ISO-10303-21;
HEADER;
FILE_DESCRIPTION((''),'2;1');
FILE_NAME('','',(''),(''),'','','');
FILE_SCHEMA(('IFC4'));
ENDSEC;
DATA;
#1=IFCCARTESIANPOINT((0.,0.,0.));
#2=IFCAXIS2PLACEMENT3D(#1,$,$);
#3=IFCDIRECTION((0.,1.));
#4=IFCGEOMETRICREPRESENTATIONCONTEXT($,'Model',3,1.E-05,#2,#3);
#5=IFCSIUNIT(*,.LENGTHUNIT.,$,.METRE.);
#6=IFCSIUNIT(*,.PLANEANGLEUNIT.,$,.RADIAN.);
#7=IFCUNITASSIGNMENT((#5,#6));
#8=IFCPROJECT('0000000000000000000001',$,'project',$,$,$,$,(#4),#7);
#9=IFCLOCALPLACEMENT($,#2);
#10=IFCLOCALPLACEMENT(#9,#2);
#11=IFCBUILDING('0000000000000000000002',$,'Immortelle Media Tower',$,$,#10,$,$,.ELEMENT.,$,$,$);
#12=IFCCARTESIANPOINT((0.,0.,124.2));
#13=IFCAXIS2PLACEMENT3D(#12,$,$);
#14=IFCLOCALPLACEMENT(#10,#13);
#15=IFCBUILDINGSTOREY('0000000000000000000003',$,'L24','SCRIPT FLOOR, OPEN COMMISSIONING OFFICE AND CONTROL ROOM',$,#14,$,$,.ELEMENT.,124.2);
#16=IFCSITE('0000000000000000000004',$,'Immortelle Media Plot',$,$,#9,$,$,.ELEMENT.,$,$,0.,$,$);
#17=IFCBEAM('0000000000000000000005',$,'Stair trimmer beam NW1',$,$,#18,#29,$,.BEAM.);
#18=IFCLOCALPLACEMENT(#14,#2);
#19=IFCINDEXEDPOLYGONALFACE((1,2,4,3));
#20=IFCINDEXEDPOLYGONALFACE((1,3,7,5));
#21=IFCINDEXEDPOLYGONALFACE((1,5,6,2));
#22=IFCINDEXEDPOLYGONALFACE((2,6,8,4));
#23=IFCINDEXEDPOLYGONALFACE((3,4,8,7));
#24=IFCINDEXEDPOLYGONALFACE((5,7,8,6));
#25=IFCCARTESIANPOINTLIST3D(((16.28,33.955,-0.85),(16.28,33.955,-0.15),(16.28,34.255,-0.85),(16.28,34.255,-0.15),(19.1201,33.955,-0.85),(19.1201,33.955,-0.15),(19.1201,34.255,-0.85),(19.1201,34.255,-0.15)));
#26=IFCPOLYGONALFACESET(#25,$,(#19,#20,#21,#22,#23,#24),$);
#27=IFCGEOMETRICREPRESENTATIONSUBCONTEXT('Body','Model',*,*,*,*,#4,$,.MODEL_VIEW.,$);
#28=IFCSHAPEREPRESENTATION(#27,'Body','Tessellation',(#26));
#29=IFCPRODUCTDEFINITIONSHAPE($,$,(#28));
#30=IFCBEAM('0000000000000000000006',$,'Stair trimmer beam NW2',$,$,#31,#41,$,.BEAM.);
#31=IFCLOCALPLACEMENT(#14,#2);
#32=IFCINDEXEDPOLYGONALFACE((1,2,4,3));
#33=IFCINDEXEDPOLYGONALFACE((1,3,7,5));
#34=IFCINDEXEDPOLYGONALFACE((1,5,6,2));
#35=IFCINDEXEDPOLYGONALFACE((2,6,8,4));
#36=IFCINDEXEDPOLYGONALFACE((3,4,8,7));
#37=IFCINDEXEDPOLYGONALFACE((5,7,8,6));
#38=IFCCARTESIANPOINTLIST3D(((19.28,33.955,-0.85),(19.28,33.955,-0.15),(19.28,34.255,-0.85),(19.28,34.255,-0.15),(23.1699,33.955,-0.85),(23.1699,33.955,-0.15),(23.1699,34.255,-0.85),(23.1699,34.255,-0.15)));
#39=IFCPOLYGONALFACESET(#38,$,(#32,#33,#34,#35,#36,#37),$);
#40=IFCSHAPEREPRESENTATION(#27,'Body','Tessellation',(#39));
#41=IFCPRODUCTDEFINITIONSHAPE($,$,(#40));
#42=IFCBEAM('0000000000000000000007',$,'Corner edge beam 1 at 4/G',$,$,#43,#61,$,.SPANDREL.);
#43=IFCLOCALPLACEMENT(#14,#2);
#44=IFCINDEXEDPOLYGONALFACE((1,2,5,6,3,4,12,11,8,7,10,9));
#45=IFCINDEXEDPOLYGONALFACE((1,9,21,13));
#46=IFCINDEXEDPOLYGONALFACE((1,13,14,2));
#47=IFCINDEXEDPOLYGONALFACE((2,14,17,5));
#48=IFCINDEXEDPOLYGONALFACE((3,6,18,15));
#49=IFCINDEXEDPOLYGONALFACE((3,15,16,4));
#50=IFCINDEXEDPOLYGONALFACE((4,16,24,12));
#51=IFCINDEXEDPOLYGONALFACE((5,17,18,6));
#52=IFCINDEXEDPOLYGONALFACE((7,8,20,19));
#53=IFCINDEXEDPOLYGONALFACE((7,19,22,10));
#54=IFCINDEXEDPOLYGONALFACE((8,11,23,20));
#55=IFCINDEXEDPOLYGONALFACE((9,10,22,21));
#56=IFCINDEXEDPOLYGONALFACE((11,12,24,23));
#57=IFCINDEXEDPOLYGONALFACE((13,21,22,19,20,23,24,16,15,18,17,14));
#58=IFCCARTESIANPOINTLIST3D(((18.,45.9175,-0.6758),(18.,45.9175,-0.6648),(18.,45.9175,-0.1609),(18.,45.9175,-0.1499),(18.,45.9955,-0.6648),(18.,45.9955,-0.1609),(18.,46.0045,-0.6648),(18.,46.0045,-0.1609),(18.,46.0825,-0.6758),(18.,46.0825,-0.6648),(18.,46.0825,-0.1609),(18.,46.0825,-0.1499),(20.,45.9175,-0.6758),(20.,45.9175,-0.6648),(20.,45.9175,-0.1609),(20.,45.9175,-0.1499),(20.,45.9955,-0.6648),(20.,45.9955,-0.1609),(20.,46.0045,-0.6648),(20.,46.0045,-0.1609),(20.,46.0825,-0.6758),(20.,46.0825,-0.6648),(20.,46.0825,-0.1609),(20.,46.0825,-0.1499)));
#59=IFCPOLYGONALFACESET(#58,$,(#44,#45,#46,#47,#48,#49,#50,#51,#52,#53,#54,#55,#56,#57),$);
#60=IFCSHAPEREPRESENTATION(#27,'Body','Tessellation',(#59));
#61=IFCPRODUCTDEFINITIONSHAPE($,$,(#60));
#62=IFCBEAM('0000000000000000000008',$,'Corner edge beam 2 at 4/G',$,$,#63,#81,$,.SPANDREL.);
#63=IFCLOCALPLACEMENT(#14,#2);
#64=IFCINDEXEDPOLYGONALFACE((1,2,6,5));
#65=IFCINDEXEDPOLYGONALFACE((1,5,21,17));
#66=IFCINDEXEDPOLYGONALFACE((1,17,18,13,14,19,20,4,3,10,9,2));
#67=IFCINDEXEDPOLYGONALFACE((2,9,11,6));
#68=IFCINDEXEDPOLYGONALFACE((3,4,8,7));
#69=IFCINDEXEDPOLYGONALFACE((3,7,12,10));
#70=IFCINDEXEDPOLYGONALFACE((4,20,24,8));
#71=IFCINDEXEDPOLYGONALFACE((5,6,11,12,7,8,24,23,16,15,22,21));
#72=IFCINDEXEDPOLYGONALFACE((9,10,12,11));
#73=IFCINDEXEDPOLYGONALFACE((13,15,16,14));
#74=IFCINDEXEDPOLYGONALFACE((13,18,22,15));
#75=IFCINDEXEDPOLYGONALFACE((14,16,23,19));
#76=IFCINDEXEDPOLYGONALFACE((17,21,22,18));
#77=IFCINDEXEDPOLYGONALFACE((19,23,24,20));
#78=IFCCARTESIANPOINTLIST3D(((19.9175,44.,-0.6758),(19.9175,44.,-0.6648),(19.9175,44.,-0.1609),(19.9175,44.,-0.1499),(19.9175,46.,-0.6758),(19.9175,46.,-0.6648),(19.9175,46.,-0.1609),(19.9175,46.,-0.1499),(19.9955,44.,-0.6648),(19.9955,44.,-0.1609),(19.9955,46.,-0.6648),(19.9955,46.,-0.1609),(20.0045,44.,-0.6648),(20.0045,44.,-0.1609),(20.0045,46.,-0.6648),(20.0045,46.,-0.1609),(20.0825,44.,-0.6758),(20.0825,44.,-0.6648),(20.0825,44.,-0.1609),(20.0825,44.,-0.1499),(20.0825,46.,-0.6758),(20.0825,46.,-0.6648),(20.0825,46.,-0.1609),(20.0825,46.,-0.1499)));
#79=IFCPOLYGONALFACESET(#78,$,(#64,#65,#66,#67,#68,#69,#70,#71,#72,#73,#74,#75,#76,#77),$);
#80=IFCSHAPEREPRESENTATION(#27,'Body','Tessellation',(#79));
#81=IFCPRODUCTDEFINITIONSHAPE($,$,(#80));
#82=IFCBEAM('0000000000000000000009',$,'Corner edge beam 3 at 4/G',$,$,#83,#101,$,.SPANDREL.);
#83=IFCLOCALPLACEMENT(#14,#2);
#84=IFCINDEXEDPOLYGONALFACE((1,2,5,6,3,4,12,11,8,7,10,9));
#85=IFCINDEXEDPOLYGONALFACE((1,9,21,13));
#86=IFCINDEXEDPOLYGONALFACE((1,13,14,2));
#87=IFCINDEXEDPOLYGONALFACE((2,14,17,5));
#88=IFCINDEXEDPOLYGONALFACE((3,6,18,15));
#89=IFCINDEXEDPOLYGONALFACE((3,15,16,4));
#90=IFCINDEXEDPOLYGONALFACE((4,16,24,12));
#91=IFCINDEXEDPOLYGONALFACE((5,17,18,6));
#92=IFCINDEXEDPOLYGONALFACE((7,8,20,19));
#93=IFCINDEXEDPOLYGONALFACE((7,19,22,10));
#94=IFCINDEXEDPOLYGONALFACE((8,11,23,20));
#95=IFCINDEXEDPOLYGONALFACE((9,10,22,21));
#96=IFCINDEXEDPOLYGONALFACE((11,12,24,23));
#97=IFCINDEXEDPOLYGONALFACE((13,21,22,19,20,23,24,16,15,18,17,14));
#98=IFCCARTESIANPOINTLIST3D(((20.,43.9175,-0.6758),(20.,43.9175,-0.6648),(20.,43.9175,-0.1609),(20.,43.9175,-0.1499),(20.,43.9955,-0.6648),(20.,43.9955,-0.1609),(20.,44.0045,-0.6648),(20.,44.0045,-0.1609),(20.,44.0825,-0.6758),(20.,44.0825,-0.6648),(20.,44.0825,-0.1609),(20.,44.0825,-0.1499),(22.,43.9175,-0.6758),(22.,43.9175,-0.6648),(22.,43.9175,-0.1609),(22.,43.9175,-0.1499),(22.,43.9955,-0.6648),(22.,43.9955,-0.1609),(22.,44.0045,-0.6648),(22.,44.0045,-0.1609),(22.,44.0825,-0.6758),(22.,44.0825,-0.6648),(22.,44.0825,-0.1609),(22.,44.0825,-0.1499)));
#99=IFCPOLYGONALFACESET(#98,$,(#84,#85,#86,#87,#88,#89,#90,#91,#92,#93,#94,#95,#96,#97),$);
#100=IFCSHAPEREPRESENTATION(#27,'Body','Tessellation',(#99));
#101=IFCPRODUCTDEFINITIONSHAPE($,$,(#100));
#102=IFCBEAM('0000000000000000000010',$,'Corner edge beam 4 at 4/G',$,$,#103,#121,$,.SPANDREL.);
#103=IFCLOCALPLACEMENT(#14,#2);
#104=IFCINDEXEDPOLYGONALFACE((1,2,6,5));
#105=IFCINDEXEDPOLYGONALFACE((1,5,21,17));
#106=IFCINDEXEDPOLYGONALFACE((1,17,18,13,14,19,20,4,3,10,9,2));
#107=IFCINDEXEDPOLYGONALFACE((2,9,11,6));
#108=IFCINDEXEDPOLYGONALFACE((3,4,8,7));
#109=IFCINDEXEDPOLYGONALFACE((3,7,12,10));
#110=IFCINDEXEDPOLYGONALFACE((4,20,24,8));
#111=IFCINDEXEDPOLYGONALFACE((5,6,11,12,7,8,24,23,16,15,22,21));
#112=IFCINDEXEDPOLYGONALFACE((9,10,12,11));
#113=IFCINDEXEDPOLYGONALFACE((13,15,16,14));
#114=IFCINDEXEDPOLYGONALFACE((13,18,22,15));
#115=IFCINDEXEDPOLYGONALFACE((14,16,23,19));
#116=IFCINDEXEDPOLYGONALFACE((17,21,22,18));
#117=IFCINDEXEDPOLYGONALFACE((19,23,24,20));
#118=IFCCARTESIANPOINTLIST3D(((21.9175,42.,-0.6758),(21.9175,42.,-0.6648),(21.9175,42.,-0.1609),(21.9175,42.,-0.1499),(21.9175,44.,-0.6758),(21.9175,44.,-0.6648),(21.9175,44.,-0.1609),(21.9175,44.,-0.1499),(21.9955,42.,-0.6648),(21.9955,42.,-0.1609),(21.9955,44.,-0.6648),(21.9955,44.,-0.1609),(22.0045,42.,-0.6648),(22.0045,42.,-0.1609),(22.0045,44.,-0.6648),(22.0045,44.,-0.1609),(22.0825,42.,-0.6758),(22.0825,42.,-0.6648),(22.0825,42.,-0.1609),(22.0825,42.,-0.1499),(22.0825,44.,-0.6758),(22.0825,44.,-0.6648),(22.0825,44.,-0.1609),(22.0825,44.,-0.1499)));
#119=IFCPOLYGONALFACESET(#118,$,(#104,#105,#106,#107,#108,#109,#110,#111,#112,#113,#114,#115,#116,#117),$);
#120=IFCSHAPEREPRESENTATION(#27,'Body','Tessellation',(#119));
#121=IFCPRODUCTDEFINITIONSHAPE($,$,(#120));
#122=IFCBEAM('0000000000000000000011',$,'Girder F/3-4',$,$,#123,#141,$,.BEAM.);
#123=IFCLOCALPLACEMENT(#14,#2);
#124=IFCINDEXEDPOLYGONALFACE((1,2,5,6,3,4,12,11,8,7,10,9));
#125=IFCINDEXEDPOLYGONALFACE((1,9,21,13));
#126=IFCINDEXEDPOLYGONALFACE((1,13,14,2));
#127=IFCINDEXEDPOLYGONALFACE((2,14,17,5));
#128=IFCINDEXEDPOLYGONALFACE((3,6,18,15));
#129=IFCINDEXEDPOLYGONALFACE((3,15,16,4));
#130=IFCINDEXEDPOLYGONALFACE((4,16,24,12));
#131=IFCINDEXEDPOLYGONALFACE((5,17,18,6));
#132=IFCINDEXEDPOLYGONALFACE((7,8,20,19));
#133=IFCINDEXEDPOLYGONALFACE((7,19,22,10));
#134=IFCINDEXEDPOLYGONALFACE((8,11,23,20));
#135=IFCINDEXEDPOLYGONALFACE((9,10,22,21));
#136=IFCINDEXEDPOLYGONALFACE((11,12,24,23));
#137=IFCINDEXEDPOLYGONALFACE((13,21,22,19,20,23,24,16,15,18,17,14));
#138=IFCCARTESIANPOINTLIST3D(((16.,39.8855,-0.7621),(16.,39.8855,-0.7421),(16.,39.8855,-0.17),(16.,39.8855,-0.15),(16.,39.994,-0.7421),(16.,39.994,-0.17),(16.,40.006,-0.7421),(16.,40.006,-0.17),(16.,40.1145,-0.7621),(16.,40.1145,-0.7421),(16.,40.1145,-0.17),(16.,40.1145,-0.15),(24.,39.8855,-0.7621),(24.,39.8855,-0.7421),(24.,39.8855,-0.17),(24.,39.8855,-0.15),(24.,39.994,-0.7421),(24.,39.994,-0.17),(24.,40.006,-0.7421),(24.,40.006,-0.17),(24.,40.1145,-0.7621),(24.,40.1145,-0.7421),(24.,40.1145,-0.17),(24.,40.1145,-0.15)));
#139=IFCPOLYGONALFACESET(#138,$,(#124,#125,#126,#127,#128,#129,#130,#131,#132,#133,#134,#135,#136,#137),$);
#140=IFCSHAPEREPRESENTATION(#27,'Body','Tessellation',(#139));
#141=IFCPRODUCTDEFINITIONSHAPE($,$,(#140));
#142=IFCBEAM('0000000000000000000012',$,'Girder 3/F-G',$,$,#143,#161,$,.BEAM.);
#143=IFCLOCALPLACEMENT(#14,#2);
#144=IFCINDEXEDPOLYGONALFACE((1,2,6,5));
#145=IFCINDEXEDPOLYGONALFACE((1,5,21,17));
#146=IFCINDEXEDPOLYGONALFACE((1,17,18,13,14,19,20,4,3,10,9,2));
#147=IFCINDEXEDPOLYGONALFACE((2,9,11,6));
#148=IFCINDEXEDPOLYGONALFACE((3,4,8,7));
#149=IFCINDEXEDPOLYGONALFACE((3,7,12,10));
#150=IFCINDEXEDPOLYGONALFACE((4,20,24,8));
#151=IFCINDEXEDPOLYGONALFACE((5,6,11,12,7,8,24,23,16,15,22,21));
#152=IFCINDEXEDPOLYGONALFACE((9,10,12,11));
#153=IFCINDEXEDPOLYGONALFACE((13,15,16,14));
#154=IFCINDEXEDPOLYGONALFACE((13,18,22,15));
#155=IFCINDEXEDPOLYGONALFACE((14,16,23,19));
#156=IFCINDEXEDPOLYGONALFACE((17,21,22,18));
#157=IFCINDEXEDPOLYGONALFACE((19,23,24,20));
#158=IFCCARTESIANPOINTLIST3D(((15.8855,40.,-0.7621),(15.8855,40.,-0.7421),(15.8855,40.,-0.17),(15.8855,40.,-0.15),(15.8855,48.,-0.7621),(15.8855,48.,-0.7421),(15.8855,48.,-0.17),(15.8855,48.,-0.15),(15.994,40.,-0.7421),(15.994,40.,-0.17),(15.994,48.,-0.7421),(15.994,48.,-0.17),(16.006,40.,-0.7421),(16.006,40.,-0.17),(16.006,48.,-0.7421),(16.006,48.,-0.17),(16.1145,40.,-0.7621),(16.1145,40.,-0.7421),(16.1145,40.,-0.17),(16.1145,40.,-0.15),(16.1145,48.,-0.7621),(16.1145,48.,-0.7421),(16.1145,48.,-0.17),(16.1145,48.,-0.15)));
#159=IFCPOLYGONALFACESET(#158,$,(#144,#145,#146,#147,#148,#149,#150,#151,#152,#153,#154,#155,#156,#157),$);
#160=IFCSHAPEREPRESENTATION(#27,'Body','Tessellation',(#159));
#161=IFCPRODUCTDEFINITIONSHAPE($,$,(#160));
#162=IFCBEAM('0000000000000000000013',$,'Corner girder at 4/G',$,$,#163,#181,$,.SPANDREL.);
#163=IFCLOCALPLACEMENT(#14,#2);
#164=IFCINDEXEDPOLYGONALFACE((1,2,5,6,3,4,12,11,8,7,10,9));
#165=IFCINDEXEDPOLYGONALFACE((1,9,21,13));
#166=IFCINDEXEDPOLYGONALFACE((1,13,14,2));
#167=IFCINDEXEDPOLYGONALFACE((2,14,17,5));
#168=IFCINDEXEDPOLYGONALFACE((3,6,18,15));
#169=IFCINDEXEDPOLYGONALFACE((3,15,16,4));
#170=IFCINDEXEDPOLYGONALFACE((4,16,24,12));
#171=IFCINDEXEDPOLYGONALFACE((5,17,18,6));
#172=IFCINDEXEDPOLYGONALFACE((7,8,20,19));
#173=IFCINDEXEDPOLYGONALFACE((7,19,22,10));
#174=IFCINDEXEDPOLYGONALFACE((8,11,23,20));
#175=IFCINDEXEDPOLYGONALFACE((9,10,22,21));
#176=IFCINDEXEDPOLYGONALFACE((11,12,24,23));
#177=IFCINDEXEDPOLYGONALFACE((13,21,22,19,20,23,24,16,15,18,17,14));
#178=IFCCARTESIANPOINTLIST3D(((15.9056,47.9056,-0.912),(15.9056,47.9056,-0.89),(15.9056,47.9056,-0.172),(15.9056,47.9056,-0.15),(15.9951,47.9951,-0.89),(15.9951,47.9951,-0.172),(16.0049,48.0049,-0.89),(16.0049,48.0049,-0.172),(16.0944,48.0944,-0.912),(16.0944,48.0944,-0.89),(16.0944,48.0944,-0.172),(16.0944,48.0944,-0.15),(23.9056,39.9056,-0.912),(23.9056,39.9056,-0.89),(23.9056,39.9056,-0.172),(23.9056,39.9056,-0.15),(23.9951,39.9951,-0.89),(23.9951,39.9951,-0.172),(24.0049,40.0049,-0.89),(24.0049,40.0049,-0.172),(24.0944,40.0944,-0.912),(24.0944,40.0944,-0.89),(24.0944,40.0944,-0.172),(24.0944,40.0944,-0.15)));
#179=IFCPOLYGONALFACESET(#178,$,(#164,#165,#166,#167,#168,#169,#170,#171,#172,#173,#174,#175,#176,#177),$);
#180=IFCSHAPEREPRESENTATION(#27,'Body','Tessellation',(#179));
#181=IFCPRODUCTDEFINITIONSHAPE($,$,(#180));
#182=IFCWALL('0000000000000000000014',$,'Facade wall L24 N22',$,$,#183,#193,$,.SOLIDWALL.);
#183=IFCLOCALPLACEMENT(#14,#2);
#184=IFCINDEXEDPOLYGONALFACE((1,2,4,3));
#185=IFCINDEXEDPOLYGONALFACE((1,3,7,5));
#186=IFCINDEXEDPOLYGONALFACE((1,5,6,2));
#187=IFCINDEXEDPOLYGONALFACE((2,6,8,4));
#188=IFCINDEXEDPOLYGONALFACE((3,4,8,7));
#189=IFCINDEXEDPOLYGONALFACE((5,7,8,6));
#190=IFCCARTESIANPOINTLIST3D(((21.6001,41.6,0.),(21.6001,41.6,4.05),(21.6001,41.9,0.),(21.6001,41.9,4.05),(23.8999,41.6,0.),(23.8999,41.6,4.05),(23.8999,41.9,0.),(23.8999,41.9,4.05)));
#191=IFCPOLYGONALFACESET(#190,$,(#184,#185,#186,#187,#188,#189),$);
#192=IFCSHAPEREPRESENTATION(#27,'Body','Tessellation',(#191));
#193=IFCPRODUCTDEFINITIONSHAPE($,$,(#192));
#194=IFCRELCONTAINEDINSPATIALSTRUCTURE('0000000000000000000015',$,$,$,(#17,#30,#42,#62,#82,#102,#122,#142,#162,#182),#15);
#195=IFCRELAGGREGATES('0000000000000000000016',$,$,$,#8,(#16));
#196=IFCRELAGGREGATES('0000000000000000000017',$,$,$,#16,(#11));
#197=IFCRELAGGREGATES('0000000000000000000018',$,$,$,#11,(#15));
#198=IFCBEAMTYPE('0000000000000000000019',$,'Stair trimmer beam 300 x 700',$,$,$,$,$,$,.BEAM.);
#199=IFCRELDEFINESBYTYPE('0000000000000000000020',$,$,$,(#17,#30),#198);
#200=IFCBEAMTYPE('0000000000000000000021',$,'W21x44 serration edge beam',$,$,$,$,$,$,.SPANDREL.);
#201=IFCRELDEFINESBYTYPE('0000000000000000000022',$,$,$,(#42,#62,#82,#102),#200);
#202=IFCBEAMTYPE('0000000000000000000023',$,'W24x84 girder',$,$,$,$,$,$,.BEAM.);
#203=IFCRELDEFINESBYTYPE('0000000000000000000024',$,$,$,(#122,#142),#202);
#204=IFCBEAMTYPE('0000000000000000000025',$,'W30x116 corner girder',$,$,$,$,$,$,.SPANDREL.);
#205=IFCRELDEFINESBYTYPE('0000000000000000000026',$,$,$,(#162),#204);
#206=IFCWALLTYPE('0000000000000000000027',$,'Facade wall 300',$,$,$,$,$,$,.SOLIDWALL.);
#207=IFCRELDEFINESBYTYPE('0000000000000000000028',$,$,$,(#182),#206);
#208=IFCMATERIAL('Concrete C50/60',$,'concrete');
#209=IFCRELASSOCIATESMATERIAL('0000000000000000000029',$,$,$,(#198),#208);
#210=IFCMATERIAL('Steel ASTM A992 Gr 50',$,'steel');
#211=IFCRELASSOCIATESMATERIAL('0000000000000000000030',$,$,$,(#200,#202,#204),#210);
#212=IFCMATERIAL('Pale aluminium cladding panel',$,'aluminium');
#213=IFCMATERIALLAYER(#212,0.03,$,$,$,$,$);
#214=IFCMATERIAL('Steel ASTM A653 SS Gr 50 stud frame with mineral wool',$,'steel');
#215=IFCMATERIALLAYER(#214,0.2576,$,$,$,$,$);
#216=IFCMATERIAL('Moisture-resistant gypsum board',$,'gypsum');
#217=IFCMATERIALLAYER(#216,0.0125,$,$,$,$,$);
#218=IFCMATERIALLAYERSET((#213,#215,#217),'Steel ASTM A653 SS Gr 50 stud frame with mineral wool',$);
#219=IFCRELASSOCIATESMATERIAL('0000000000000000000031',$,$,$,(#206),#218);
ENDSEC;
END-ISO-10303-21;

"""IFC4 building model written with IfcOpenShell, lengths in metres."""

from ifc_helpers import new_model, si_unit, direction, frame, frame_2d, origin, origin_2d, place, context, subcontext, project, spatial, rectangle, i_section, extrude, material, layer, layer_set, material_profile, profile_set, type_object, element, save


model = new_model("IFC4")

# Units and contexts
model_context = context("Model", 3, precision=1e-05, world=origin(), true_north=direction((0.0, 1.0)))
body_context = subcontext(model_context, "Body", "Model", "MODEL_VIEW")
ifc_project = project(units=[si_unit("LENGTHUNIT", "METRE"), si_unit("PLANEANGLEUNIT", "RADIAN")], contexts=[model_context])

# Site, building, storey
site_placement = place(None, origin())
site = spatial("IfcSite", under=ifc_project, at=site_placement, Name="Immortelle Media Plot", CompositionType="ELEMENT", RefElevation=0.0)
building_placement = place(site_placement, origin())
building = spatial("IfcBuilding", under=site, at=building_placement, Name="Immortelle Media Tower", CompositionType="ELEMENT")
storey_placement = place(building_placement, frame((0.0, 0.0, 124.2)))
storey = spatial("IfcBuildingStorey", under=building, at=storey_placement, Name="L24", Description="SCRIPT FLOOR, OPEN COMMISSIONING OFFICE AND CONTROL ROOM", CompositionType="ELEMENT", Elevation=124.2)

# Beams
ifc_material_1 = material(Name="Concrete C50/60", Category="concrete")
ifc_material_profile_1 = material_profile(ifc_material_1, rectangle(XDim=0.3, YDim=0.7, at=origin_2d()), Name="RC 300x700")
ifc_profile_set_1 = profile_set([ifc_material_profile_1], Name="Concrete C50/60")
beam_type_1 = type_object("IfcBeamType", Name="Stair trimmer beam 300 x 700", PredefinedType="BEAM", material=ifc_profile_set_1)
beam_1_placement = place(storey_placement, frame((16.28, 34.105, -0.5), z_axis=(1.0, 0.0, 0.0), x_axis=(0.0, 1.0, 0.0)))
element("IfcBeam", 1, at=beam_1_placement, inside=storey, type_object=beam_type_1, Name="Stair trimmer beam NW1", PredefinedType="BEAM", context=body_context, shape_type="SweptSolid", body=[
    extrude(rectangle(XDim=0.3, YDim=0.7, at=origin_2d()), origin(), (0.0, 0.0, 1.0), 2.8401),
])
beam_2_placement = place(storey_placement, frame((19.28, 34.105, -0.5), z_axis=(1.0, 0.0, 0.0), x_axis=(0.0, 1.0, 0.0)))
element("IfcBeam", 2, at=beam_2_placement, inside=storey, type_object=beam_type_1, Name="Stair trimmer beam NW2", PredefinedType="BEAM", context=body_context, shape_type="SweptSolid", body=[
    extrude(rectangle(XDim=0.3, YDim=0.7, at=origin_2d()), origin(), (0.0, 0.0, 1.0), 3.8899),
])
ifc_material_2 = material(Name="Steel ASTM A992 Gr 50", Category="steel")
ifc_material_profile_2 = material_profile(ifc_material_2, i_section(OverallWidth=0.165, OverallDepth=0.5259, WebThickness=0.009, FlangeThickness=0.011, at=origin_2d()), Name="W21x44")
ifc_profile_set_2 = profile_set([ifc_material_profile_2], Name="Steel ASTM A992 Gr 50")
beam_type_2 = type_object("IfcBeamType", Name="W21x44 serration edge beam", PredefinedType="SPANDREL", material=ifc_profile_set_2)
for number, where, z_axis, x_axis, name in (
    (3, (18.0, 46.0, -0.4128), (1.0, 0.0, 0.0), (0.0, 1.0, 0.0), "Corner edge beam 1 at 4/G"),
    (4, (20.0, 46.0, -0.4128), (0.0, -1.0, 0.0), (1.0, 0.0, 0.0), "Corner edge beam 2 at 4/G"),
    (5, (20.0, 44.0, -0.4128), (1.0, 0.0, 0.0), (0.0, 1.0, 0.0), "Corner edge beam 3 at 4/G"),
    (6, (22.0, 44.0, -0.4128), (0.0, -1.0, 0.0), (1.0, 0.0, 0.0), "Corner edge beam 4 at 4/G"),
):
    element("IfcBeam", number, at=place(storey_placement, frame(where, z_axis=z_axis, x_axis=x_axis)), inside=storey, type_object=beam_type_2, Name=name, PredefinedType="SPANDREL", context=body_context, shape_type="SweptSolid", body=[
        extrude(i_section(OverallWidth=0.165, OverallDepth=0.5259, WebThickness=0.009, FlangeThickness=0.011, at=origin_2d()), origin(), (0.0, 0.0, 1.0), 2.0),
    ])
ifc_material_profile_3 = material_profile(ifc_material_2, i_section(OverallWidth=0.229, OverallDepth=0.6121, WebThickness=0.012, FlangeThickness=0.02, at=origin_2d()), Name="W24x84")
ifc_profile_set_3 = profile_set([ifc_material_profile_3], Name="Steel ASTM A992 Gr 50")
beam_type_3 = type_object("IfcBeamType", Name="W24x84 girder", PredefinedType="BEAM", material=ifc_profile_set_3)
for number, where, z_axis, x_axis, name in (
    (7, (16.0, 40.0, -0.4561), (1.0, 0.0, 0.0), (0.0, 1.0, 0.0), "Girder F/3-4"),
    (8, (16.0, 40.0, -0.4561), (0.0, 1.0, 0.0), (-1.0, 0.0, 0.0), "Girder 3/F-G"),
):
    element("IfcBeam", number, at=place(storey_placement, frame(where, z_axis=z_axis, x_axis=x_axis)), inside=storey, type_object=beam_type_3, Name=name, PredefinedType="BEAM", context=body_context, shape_type="SweptSolid", body=[
        extrude(i_section(OverallWidth=0.229, OverallDepth=0.6121, WebThickness=0.012, FlangeThickness=0.02, at=origin_2d()), origin(), (0.0, 0.0, 1.0), 8.0),
    ])
ifc_material_profile_4 = material_profile(ifc_material_2, i_section(OverallWidth=0.2671, OverallDepth=0.762, WebThickness=0.0139, FlangeThickness=0.022, at=origin_2d()), Name="W30x116")
ifc_profile_set_4 = profile_set([ifc_material_profile_4], Name="Steel ASTM A992 Gr 50")
beam_type_4 = type_object("IfcBeamType", Name="W30x116 corner girder", PredefinedType="SPANDREL", material=ifc_profile_set_4)
beam_3_placement = place(storey_placement, frame((16.0, 48.0, -0.531), z_axis=(0.707107, -0.707107, 0.0), x_axis=(0.707107, 0.707107, 0.0)))
element("IfcBeam", 9, at=beam_3_placement, inside=storey, type_object=beam_type_4, Name="Corner girder at 4/G", PredefinedType="SPANDREL", context=body_context, shape_type="SweptSolid", body=[
    extrude(i_section(OverallWidth=0.2671, OverallDepth=0.762, WebThickness=0.0139, FlangeThickness=0.022, at=origin_2d()), origin(), (0.0, 0.0, 1.0), 11.3137),
])

# Wall
ifc_material_3 = material(Name="Pale aluminium cladding panel", Category="aluminium")
ifc_layer_1 = layer(ifc_material_3, 0.03)
ifc_material_4 = material(Name="Steel ASTM A653 SS Gr 50 stud frame with mineral wool", Category="steel")
ifc_layer_2 = layer(ifc_material_4, 0.2576)
ifc_material_5 = material(Name="Moisture-resistant gypsum board", Category="gypsum")
ifc_layer_3 = layer(ifc_material_5, 0.0125)
ifc_layer_set_1 = layer_set([ifc_layer_1, ifc_layer_2, ifc_layer_3], Name="Steel ASTM A653 SS Gr 50 stud frame with mineral wool")
wall_type_1 = type_object("IfcWallType", Name="Facade wall 300", PredefinedType="SOLIDWALL", material=ifc_layer_set_1)
wall_1_placement = place(storey_placement, frame((23.8999, 41.75, 0.0), z_axis=(0.0, 0.0, 1.0), x_axis=(-1.0, 0.0, 0.0)))
element("IfcWall", 10, at=wall_1_placement, inside=storey, type_object=wall_type_1, Name="Facade wall L24 N22", PredefinedType="SOLIDWALL", context=body_context, shape_type="SweptSolid", body=[
    extrude(rectangle(XDim=2.2998, YDim=0.3, at=frame_2d((1.1499, 0.0))), origin(), (0.0, 0.0, 1.0), 4.05),
])

save(model, "model.ifc")
